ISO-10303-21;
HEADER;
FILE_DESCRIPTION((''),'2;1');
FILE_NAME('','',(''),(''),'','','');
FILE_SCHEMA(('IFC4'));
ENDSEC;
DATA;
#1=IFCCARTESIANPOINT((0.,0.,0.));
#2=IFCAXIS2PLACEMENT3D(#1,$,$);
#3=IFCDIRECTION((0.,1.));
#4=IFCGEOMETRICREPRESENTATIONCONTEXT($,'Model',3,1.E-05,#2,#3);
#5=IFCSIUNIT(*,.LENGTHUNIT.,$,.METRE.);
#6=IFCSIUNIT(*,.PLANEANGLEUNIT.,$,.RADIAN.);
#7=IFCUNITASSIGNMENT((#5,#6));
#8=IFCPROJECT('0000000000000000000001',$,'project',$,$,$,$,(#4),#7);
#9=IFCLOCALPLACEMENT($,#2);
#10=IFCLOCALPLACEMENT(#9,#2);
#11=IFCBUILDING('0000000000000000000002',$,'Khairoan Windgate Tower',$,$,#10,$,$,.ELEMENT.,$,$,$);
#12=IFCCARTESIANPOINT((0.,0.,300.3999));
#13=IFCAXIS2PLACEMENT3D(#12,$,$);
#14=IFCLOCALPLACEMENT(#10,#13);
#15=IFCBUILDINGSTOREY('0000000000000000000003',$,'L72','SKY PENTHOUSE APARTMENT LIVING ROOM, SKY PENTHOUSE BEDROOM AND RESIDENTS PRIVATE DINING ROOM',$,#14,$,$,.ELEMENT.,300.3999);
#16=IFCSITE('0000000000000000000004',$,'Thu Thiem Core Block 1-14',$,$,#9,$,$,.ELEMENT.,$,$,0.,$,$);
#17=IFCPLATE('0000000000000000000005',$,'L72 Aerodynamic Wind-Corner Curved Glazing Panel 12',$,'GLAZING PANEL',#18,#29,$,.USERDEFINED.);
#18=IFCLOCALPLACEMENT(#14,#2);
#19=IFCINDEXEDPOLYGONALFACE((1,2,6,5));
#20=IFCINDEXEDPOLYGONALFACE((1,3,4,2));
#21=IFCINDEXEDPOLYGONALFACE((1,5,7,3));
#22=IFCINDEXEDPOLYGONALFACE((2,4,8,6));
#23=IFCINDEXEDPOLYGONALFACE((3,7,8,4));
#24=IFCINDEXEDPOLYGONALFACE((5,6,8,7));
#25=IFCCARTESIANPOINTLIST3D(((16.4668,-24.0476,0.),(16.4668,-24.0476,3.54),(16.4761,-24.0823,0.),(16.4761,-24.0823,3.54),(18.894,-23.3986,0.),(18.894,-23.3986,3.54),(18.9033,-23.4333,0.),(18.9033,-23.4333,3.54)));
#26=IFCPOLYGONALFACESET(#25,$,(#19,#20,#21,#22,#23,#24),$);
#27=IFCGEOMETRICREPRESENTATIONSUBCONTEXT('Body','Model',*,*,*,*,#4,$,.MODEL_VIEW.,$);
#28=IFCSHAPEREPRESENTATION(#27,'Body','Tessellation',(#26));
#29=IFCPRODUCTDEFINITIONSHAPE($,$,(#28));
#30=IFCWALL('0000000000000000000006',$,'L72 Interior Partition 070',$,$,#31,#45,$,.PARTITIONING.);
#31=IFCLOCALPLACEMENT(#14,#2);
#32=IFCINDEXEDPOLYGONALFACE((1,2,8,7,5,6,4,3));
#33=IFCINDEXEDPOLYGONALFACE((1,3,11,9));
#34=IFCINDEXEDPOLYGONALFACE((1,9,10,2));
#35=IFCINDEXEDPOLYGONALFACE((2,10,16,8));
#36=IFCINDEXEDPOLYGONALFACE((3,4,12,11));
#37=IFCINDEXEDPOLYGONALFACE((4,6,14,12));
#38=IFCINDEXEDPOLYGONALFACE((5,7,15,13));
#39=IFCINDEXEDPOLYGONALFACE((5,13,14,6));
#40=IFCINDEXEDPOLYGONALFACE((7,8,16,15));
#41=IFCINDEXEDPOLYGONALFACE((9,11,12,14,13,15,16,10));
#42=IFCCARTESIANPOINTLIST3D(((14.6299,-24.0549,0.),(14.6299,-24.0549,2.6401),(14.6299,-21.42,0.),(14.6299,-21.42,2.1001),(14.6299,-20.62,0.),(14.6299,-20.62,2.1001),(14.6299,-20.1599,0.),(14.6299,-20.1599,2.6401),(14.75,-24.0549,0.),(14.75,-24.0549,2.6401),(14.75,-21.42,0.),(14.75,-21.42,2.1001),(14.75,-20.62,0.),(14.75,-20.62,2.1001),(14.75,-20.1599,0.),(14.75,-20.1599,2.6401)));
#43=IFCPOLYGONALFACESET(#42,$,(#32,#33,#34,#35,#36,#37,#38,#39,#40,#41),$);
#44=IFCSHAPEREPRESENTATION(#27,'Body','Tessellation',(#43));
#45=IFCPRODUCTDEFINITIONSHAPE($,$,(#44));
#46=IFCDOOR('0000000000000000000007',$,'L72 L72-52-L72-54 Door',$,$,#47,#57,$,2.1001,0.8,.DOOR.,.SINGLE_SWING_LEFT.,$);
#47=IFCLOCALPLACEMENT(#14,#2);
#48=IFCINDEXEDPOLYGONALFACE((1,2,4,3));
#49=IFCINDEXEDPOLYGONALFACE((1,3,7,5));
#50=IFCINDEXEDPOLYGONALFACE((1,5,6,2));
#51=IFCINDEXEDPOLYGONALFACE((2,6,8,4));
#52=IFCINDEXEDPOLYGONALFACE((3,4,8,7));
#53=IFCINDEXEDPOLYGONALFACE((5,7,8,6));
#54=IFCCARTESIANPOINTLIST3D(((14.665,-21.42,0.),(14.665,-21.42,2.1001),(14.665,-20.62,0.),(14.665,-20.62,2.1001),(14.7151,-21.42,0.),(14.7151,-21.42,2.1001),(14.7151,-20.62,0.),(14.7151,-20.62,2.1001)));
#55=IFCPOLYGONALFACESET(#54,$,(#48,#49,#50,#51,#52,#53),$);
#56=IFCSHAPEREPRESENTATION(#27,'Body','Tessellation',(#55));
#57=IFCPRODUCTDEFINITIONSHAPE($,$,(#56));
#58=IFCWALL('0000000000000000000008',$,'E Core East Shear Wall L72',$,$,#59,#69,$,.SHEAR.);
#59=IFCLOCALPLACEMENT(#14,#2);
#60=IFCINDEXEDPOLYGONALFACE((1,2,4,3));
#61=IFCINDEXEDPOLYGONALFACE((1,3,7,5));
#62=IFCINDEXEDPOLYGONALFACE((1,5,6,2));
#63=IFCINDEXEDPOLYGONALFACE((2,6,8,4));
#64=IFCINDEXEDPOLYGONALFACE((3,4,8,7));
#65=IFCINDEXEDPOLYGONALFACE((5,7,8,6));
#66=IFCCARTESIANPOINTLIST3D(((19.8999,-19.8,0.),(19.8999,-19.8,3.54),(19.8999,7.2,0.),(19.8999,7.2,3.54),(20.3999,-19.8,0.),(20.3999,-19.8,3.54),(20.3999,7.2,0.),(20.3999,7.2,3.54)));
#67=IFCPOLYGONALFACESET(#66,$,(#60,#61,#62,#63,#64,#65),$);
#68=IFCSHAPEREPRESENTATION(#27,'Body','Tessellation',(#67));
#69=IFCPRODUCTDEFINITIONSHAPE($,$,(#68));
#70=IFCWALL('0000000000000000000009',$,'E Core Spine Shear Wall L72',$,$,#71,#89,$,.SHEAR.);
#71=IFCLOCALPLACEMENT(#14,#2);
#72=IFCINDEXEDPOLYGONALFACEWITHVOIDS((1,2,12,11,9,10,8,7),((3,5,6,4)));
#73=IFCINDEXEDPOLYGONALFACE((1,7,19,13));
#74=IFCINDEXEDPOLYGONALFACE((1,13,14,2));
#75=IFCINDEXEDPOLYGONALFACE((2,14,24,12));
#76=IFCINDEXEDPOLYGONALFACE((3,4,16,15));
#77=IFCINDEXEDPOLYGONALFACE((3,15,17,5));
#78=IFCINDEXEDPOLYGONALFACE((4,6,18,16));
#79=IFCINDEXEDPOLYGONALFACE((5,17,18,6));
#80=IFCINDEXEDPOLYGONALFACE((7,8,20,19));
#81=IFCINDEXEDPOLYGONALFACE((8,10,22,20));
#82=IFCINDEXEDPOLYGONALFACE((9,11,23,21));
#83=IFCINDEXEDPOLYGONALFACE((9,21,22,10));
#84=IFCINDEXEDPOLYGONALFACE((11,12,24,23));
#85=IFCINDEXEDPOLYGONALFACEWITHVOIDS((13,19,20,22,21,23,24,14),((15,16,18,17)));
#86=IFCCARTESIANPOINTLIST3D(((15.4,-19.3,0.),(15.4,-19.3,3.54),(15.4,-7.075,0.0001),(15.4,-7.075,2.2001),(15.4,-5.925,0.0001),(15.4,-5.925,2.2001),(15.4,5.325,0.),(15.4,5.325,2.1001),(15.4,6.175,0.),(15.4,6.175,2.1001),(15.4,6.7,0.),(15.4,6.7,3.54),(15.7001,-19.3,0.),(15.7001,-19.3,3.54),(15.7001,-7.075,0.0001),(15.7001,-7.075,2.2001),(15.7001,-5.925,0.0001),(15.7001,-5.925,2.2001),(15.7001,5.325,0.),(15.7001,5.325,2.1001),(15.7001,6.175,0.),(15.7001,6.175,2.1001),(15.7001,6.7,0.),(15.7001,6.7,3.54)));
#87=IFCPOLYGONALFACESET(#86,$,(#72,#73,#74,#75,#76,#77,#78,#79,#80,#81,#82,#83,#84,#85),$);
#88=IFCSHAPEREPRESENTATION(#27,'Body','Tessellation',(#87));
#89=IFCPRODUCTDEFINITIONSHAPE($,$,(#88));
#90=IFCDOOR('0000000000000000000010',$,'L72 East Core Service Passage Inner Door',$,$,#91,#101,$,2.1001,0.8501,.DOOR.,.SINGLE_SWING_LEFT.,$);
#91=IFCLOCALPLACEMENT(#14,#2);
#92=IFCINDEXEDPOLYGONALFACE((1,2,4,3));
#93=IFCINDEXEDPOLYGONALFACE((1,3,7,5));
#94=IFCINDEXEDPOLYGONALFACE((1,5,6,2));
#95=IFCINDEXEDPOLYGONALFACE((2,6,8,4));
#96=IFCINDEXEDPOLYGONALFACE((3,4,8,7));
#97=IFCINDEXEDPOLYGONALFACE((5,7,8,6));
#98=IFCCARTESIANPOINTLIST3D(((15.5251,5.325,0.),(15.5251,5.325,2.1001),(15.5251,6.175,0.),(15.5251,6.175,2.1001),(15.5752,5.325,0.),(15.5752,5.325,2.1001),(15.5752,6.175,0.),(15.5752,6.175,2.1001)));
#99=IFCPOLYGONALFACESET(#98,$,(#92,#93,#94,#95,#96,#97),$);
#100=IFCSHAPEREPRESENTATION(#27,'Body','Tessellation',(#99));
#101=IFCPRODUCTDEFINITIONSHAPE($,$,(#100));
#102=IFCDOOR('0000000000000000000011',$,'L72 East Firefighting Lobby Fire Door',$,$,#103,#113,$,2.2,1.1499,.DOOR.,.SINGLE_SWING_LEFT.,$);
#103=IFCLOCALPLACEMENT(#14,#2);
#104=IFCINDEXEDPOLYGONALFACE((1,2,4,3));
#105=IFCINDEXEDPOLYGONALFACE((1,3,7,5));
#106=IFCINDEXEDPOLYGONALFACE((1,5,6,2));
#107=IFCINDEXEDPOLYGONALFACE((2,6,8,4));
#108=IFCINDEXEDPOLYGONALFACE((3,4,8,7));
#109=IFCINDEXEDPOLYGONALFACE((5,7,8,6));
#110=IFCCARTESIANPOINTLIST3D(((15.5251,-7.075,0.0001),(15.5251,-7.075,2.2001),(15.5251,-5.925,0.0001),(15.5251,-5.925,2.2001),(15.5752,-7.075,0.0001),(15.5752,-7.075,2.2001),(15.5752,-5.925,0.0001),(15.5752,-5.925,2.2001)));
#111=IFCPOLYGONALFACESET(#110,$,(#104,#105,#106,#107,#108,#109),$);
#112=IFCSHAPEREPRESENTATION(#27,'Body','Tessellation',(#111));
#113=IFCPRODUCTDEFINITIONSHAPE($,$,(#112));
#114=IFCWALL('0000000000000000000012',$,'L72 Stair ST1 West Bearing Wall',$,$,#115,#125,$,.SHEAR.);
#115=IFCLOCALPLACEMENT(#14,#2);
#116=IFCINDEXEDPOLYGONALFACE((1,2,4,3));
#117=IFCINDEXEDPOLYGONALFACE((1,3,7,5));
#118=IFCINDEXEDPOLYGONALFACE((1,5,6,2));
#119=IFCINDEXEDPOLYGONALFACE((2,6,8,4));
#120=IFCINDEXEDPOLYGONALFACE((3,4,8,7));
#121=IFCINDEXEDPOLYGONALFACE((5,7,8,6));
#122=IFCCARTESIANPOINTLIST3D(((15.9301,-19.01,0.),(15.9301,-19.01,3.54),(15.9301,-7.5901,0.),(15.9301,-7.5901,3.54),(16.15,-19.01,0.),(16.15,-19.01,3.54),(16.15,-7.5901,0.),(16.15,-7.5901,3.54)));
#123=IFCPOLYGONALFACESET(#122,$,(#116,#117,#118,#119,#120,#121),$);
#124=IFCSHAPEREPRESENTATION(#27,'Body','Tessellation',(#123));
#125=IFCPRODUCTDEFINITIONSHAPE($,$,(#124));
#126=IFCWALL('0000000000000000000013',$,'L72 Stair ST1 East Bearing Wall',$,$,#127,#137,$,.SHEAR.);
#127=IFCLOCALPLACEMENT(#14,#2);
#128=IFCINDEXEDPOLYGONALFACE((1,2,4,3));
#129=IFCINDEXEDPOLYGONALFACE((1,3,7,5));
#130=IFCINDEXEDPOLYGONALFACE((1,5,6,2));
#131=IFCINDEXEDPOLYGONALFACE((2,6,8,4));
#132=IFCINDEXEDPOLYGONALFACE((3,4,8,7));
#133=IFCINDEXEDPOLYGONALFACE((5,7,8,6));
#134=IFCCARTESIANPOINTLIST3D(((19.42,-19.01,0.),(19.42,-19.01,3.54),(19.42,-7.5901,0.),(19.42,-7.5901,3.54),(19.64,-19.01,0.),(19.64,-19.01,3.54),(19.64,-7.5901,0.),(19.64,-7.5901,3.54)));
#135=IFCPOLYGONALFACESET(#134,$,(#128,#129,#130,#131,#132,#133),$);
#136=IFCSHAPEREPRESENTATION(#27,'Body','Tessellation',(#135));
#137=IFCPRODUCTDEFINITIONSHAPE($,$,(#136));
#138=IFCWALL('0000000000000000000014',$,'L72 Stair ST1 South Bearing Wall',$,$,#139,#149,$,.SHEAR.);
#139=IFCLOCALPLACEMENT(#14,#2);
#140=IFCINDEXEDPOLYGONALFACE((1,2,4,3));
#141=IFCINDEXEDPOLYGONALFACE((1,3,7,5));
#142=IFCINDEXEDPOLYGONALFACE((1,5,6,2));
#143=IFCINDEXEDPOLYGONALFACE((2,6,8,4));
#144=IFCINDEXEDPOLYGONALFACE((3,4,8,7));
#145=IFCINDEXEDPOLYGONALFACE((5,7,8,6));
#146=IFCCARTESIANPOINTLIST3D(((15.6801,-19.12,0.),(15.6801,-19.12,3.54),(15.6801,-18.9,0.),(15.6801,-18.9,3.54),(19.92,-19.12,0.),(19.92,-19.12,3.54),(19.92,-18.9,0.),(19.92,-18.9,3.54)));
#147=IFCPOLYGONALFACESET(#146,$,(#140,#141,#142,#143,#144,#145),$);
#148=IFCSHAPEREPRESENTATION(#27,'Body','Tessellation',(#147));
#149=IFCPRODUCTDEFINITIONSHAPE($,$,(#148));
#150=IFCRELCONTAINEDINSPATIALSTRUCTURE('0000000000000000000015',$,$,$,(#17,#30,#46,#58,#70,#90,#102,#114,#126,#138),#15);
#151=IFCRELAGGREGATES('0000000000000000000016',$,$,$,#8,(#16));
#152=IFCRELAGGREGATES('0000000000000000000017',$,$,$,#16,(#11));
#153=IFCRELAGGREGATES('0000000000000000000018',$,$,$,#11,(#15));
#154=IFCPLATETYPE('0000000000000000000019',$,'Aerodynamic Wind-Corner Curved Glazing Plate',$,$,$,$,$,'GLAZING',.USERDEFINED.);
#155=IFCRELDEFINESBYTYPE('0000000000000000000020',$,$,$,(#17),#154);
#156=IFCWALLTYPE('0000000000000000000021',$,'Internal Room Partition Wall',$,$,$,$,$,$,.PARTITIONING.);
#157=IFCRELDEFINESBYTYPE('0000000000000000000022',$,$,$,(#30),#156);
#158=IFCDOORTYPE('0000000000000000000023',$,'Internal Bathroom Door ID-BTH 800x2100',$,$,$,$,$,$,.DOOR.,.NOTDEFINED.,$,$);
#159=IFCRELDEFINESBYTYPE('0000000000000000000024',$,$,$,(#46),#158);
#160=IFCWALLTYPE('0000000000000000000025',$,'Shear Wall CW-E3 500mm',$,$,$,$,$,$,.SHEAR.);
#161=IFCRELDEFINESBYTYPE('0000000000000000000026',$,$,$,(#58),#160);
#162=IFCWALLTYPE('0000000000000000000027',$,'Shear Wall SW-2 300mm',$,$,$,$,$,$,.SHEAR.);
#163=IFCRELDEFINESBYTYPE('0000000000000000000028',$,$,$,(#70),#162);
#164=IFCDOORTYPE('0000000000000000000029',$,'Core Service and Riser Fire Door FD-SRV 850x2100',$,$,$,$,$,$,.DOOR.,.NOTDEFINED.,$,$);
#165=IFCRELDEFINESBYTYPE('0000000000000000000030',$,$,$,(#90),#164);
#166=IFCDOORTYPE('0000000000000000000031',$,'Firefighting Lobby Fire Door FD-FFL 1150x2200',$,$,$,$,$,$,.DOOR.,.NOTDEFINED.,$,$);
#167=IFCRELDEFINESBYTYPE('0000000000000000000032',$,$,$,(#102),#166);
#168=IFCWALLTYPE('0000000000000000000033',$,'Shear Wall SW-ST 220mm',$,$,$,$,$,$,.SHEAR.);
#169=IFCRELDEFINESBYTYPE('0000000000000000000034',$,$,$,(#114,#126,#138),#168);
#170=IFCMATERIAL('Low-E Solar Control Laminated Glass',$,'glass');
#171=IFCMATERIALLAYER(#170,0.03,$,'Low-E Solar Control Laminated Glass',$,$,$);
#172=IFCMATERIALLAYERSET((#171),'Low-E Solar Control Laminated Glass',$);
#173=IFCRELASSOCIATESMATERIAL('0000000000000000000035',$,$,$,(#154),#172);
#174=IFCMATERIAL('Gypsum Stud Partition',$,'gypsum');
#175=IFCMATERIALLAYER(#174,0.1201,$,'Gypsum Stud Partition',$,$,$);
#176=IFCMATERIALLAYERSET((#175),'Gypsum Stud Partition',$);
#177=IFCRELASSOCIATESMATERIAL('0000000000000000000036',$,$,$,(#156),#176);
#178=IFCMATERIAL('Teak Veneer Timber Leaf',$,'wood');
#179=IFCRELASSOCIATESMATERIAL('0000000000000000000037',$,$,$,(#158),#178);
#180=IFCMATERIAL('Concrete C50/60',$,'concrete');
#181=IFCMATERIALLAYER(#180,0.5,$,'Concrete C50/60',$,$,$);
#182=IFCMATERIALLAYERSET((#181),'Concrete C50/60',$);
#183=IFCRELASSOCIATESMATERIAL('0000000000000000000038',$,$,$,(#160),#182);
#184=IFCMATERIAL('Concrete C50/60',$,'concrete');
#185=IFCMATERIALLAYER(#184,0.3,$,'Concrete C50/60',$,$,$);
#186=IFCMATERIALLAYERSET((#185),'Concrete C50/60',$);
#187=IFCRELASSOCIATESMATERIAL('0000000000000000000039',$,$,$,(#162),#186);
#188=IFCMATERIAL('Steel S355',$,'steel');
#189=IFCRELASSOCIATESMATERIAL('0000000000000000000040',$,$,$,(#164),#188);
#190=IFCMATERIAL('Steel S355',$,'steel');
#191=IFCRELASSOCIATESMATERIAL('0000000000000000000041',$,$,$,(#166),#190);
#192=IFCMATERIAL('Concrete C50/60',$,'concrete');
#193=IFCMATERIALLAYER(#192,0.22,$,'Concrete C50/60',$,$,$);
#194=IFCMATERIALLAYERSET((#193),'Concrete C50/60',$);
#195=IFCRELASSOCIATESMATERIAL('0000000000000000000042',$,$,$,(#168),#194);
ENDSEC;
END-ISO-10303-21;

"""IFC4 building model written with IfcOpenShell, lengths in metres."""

from ifc_helpers import new_model, si_unit, direction, frame, frame_2d, origin, origin_2d, place, context, subcontext, project, spatial, rectangle, extrude, material, layer, layer_set, type_object, element, fill, save


model = new_model("IFC4")

# Units and contexts
model_context = context("Model", 3, precision=1e-05, world=origin(), true_north=direction((0.0, 1.0)))
body_context = subcontext(model_context, "Body", "Model", "MODEL_VIEW")
ifc_project = project(units=[si_unit("LENGTHUNIT", "METRE"), si_unit("PLANEANGLEUNIT", "RADIAN")], contexts=[model_context])

# Site, building, storey
site_placement = place(None, origin())
site = spatial("IfcSite", under=ifc_project, at=site_placement, Name="Thu Thiem Core Block 1-14", CompositionType="ELEMENT", RefElevation=0.0)
building_placement = place(site_placement, origin())
building = spatial("IfcBuilding", under=site, at=building_placement, Name="Khairoan Windgate Tower", CompositionType="ELEMENT")
storey_placement = place(building_placement, frame((0.0, 0.0, 300.3999)))
storey = spatial("IfcBuildingStorey", under=building, at=storey_placement, Name="L72", Description="SKY PENTHOUSE APARTMENT LIVING ROOM, SKY PENTHOUSE BEDROOM AND RESIDENTS PRIVATE DINING ROOM", CompositionType="ELEMENT", Elevation=300.3999)

# Plate
ifc_material_1 = material(Name="Low-E Solar Control Laminated Glass", Category="glass")
ifc_layer_1 = layer(ifc_material_1, 0.03, Name="Low-E Solar Control Laminated Glass")
ifc_layer_set_1 = layer_set([ifc_layer_1], Name="Low-E Solar Control Laminated Glass")
plate_type_1 = type_object("IfcPlateType", Name="Aerodynamic Wind-Corner Curved Glazing Plate", ElementType="GLAZING", PredefinedType="USERDEFINED", material=ifc_layer_set_1)
plate_1_placement = place(storey_placement, frame((17.6851, -23.7405, 0.0), z_axis=(0.0, 0.0, 1.0), x_axis=(-0.966061, -0.258313, 0.0)))
element("IfcPlate", 1, at=plate_1_placement, inside=storey, type_object=plate_type_1, Name="L72 Aerodynamic Wind-Corner Curved Glazing Panel 12", ObjectType="GLAZING PANEL", PredefinedType="USERDEFINED", context=body_context, shape_type="SweptSolid", body=[
    extrude(rectangle(XDim=2.5125, YDim=0.0359, at=origin_2d()), origin(), (0.0, 0.0, 1.0), 3.54),
])

# Wall, opening, door
ifc_material_2 = material(Name="Gypsum Stud Partition", Category="gypsum")
ifc_layer_2 = layer(ifc_material_2, 0.1201, Name="Gypsum Stud Partition")
ifc_layer_set_2 = layer_set([ifc_layer_2], Name="Gypsum Stud Partition")
wall_type_1 = type_object("IfcWallType", Name="Internal Room Partition Wall", PredefinedType="PARTITIONING", material=ifc_layer_set_2)
wall_1_placement = place(storey_placement, frame((14.6899, -24.0549, 0.0), z_axis=(0.0, 0.0, 1.0), x_axis=(0.0, 1.0, 0.0)))
wall_1 = element("IfcWall", 2, at=wall_1_placement, inside=storey, type_object=wall_type_1, Name="L72 Interior Partition 070", PredefinedType="PARTITIONING", context=body_context, shape_type="SweptSolid", body=[
    extrude(rectangle(XDim=3.895, YDim=0.1201, at=frame_2d((1.9475, 0.0))), origin(), (0.0, 0.0, 1.0), 2.6401),
])
opening_1_placement = place(wall_1_placement, frame((2.635, 0.0, 0.0)))
opening_1 = element("IfcOpeningElement", 3, at=opening_1_placement, cuts=wall_1, PredefinedType="OPENING", context=body_context, shape_type="SweptSolid", body=[
    extrude(rectangle(XDim=0.8, YDim=2.1001, at=frame_2d((0.3999, 1.05))), frame((0.0, 0.0701, 0.0), z_axis=(0.0, -1.0, 0.0), x_axis=(1.0, 0.0, 0.0)), (0.0, 0.0, 1.0), 0.1401),
])
ifc_material_3 = material(Name="Teak Veneer Timber Leaf", Category="wood")
door_type_1 = type_object("IfcDoorType", Name="Internal Bathroom Door ID-BTH 800x2100", OperationType="NOTDEFINED", PredefinedType="DOOR", material=ifc_material_3)
door_1_placement = place(opening_1_placement, origin())
door_1 = element("IfcDoor", 4, at=door_1_placement, inside=storey, type_object=door_type_1, Name="L72 L72-52-L72-54 Door", OperationType="SINGLE_SWING_LEFT", OverallHeight=2.1001, OverallWidth=0.8, PredefinedType="DOOR", context=body_context, shape_type="SweptSolid", body=[
    extrude(rectangle(XDim=0.8, YDim=2.1001, at=frame_2d((0.3999, 1.05))), frame((0.0, 0.0249, 0.0), z_axis=(0.0, -1.0, 0.0), x_axis=(1.0, 0.0, 0.0)), (0.0, 0.0, 1.0), 0.05),
])
fill(opening_1, door_1)

# Wall
ifc_material_4 = material(Name="Concrete C50/60", Category="concrete")
ifc_layer_3 = layer(ifc_material_4, 0.5, Name="Concrete C50/60")
ifc_layer_set_3 = layer_set([ifc_layer_3], Name="Concrete C50/60")
wall_type_2 = type_object("IfcWallType", Name="Shear Wall CW-E3 500mm", PredefinedType="SHEAR", material=ifc_layer_set_3)
wall_2_placement = place(storey_placement, frame((20.1499, -19.8, 0.0), z_axis=(0.0, 0.0, 1.0), x_axis=(0.0, 1.0, 0.0)))
element("IfcWall", 5, at=wall_2_placement, inside=storey, type_object=wall_type_2, Name="E Core East Shear Wall L72", PredefinedType="SHEAR", context=body_context, shape_type="SweptSolid", body=[
    extrude(rectangle(XDim=27.0, YDim=0.5, at=frame_2d((13.5, 0.0))), origin(), (0.0, 0.0, 1.0), 3.54),
])

# Wall, openings, doors
ifc_material_5 = material(Name="Concrete C50/60", Category="concrete")
ifc_layer_4 = layer(ifc_material_5, 0.3, Name="Concrete C50/60")
ifc_layer_set_4 = layer_set([ifc_layer_4], Name="Concrete C50/60")
wall_type_3 = type_object("IfcWallType", Name="Shear Wall SW-2 300mm", PredefinedType="SHEAR", material=ifc_layer_set_4)
wall_3_placement = place(storey_placement, frame((15.55, -19.3, 0.0), z_axis=(0.0, 0.0, 1.0), x_axis=(0.0, 1.0, 0.0)))
wall_3 = element("IfcWall", 6, at=wall_3_placement, inside=storey, type_object=wall_type_3, Name="E Core Spine Shear Wall L72", PredefinedType="SHEAR", context=body_context, shape_type="SweptSolid", body=[
    extrude(rectangle(XDim=26.0, YDim=0.3, at=frame_2d((13.0, 0.0))), origin(), (0.0, 0.0, 1.0), 3.54),
])
opening_2_placement = place(wall_3_placement, frame((12.2251, 0.0, 0.0)))
opening_2 = element("IfcOpeningElement", 7, at=opening_2_placement, cuts=wall_3, PredefinedType="OPENING", context=body_context, shape_type="SweptSolid", body=[
    extrude(rectangle(XDim=1.1499, YDim=2.2, at=frame_2d((0.575, 1.1001))), frame((0.0, 0.1599, 0.0), z_axis=(0.0, -1.0, 0.0), x_axis=(1.0, 0.0, 0.0)), (0.0, 0.0, 1.0), 0.3201),
])
opening_3_placement = place(wall_3_placement, frame((24.625, 0.0, 0.0)))
opening_3 = element("IfcOpeningElement", 8, at=opening_3_placement, cuts=wall_3, PredefinedType="OPENING", context=body_context, shape_type="SweptSolid", body=[
    extrude(rectangle(XDim=0.8501, YDim=2.1001, at=frame_2d((0.425, 1.05))), frame((0.0, 0.1599, 0.0), z_axis=(0.0, -1.0, 0.0), x_axis=(1.0, 0.0, 0.0)), (0.0, 0.0, 1.0), 0.3201),
])
ifc_material_6 = material(Name="Steel S355", Category="steel")
door_type_2 = type_object("IfcDoorType", Name="Core Service and Riser Fire Door FD-SRV 850x2100", OperationType="NOTDEFINED", PredefinedType="DOOR", material=ifc_material_6)
door_2_placement = place(opening_3_placement, origin())
door_2 = element("IfcDoor", 9, at=door_2_placement, inside=storey, type_object=door_type_2, Name="L72 East Core Service Passage Inner Door", OperationType="SINGLE_SWING_LEFT", OverallHeight=2.1001, OverallWidth=0.8501, PredefinedType="DOOR", context=body_context, shape_type="SweptSolid", body=[
    extrude(rectangle(XDim=0.8501, YDim=2.1001, at=frame_2d((0.425, 1.05))), frame((0.0, 0.0249, 0.0), z_axis=(0.0, -1.0, 0.0), x_axis=(1.0, 0.0, 0.0)), (0.0, 0.0, 1.0), 0.05),
])
fill(opening_3, door_2)
ifc_material_7 = material(Name="Steel S355", Category="steel")
door_type_3 = type_object("IfcDoorType", Name="Firefighting Lobby Fire Door FD-FFL 1150x2200", OperationType="NOTDEFINED", PredefinedType="DOOR", material=ifc_material_7)
door_3_placement = place(opening_2_placement, origin())
door_3 = element("IfcDoor", 10, at=door_3_placement, inside=storey, type_object=door_type_3, Name="L72 East Firefighting Lobby Fire Door", OperationType="SINGLE_SWING_LEFT", OverallHeight=2.2, OverallWidth=1.1499, PredefinedType="DOOR", context=body_context, shape_type="SweptSolid", body=[
    extrude(rectangle(XDim=1.1499, YDim=2.2, at=frame_2d((0.575, 1.1001))), frame((0.0, 0.0249, 0.0), z_axis=(0.0, -1.0, 0.0), x_axis=(1.0, 0.0, 0.0)), (0.0, 0.0, 1.0), 0.05),
])
fill(opening_2, door_3)

# Walls
ifc_material_8 = material(Name="Concrete C50/60", Category="concrete")
ifc_layer_5 = layer(ifc_material_8, 0.22, Name="Concrete C50/60")
ifc_layer_set_5 = layer_set([ifc_layer_5], Name="Concrete C50/60")
wall_type_4 = type_object("IfcWallType", Name="Shear Wall SW-ST 220mm", PredefinedType="SHEAR", material=ifc_layer_set_5)
for number, where, z_axis, x_axis, name in (
    (11, (16.04, -19.01, 0.0), (0.0, 0.0, 1.0), (0.0, 1.0, 0.0), "L72 Stair ST1 West Bearing Wall"),
    (12, (19.53, -19.01, 0.0), (0.0, 0.0, 1.0), (0.0, 1.0, 0.0), "L72 Stair ST1 East Bearing Wall"),
):
    element("IfcWall", number, at=place(storey_placement, frame(where, z_axis=z_axis, x_axis=x_axis)), inside=storey, type_object=wall_type_4, Name=name, PredefinedType="SHEAR", context=body_context, shape_type="SweptSolid", body=[
        extrude(rectangle(XDim=11.4199, YDim=0.22, at=frame_2d((5.71, 0.0))), origin(), (0.0, 0.0, 1.0), 3.54),
    ])
wall_4_placement = place(storey_placement, frame((15.6799, -19.01, 0.0), z_axis=(0.0, 0.0, 1.0), x_axis=(1.0, 0.0, 0.0)))
element("IfcWall", 13, at=wall_4_placement, inside=storey, type_object=wall_type_4, Name="L72 Stair ST1 South Bearing Wall", PredefinedType="SHEAR", context=body_context, shape_type="SweptSolid", body=[
    extrude(rectangle(XDim=4.24, YDim=0.22, at=frame_2d((2.1201, 0.0))), origin(), (0.0, 0.0, 1.0), 3.54),
])

save(model, "model.ifc")
